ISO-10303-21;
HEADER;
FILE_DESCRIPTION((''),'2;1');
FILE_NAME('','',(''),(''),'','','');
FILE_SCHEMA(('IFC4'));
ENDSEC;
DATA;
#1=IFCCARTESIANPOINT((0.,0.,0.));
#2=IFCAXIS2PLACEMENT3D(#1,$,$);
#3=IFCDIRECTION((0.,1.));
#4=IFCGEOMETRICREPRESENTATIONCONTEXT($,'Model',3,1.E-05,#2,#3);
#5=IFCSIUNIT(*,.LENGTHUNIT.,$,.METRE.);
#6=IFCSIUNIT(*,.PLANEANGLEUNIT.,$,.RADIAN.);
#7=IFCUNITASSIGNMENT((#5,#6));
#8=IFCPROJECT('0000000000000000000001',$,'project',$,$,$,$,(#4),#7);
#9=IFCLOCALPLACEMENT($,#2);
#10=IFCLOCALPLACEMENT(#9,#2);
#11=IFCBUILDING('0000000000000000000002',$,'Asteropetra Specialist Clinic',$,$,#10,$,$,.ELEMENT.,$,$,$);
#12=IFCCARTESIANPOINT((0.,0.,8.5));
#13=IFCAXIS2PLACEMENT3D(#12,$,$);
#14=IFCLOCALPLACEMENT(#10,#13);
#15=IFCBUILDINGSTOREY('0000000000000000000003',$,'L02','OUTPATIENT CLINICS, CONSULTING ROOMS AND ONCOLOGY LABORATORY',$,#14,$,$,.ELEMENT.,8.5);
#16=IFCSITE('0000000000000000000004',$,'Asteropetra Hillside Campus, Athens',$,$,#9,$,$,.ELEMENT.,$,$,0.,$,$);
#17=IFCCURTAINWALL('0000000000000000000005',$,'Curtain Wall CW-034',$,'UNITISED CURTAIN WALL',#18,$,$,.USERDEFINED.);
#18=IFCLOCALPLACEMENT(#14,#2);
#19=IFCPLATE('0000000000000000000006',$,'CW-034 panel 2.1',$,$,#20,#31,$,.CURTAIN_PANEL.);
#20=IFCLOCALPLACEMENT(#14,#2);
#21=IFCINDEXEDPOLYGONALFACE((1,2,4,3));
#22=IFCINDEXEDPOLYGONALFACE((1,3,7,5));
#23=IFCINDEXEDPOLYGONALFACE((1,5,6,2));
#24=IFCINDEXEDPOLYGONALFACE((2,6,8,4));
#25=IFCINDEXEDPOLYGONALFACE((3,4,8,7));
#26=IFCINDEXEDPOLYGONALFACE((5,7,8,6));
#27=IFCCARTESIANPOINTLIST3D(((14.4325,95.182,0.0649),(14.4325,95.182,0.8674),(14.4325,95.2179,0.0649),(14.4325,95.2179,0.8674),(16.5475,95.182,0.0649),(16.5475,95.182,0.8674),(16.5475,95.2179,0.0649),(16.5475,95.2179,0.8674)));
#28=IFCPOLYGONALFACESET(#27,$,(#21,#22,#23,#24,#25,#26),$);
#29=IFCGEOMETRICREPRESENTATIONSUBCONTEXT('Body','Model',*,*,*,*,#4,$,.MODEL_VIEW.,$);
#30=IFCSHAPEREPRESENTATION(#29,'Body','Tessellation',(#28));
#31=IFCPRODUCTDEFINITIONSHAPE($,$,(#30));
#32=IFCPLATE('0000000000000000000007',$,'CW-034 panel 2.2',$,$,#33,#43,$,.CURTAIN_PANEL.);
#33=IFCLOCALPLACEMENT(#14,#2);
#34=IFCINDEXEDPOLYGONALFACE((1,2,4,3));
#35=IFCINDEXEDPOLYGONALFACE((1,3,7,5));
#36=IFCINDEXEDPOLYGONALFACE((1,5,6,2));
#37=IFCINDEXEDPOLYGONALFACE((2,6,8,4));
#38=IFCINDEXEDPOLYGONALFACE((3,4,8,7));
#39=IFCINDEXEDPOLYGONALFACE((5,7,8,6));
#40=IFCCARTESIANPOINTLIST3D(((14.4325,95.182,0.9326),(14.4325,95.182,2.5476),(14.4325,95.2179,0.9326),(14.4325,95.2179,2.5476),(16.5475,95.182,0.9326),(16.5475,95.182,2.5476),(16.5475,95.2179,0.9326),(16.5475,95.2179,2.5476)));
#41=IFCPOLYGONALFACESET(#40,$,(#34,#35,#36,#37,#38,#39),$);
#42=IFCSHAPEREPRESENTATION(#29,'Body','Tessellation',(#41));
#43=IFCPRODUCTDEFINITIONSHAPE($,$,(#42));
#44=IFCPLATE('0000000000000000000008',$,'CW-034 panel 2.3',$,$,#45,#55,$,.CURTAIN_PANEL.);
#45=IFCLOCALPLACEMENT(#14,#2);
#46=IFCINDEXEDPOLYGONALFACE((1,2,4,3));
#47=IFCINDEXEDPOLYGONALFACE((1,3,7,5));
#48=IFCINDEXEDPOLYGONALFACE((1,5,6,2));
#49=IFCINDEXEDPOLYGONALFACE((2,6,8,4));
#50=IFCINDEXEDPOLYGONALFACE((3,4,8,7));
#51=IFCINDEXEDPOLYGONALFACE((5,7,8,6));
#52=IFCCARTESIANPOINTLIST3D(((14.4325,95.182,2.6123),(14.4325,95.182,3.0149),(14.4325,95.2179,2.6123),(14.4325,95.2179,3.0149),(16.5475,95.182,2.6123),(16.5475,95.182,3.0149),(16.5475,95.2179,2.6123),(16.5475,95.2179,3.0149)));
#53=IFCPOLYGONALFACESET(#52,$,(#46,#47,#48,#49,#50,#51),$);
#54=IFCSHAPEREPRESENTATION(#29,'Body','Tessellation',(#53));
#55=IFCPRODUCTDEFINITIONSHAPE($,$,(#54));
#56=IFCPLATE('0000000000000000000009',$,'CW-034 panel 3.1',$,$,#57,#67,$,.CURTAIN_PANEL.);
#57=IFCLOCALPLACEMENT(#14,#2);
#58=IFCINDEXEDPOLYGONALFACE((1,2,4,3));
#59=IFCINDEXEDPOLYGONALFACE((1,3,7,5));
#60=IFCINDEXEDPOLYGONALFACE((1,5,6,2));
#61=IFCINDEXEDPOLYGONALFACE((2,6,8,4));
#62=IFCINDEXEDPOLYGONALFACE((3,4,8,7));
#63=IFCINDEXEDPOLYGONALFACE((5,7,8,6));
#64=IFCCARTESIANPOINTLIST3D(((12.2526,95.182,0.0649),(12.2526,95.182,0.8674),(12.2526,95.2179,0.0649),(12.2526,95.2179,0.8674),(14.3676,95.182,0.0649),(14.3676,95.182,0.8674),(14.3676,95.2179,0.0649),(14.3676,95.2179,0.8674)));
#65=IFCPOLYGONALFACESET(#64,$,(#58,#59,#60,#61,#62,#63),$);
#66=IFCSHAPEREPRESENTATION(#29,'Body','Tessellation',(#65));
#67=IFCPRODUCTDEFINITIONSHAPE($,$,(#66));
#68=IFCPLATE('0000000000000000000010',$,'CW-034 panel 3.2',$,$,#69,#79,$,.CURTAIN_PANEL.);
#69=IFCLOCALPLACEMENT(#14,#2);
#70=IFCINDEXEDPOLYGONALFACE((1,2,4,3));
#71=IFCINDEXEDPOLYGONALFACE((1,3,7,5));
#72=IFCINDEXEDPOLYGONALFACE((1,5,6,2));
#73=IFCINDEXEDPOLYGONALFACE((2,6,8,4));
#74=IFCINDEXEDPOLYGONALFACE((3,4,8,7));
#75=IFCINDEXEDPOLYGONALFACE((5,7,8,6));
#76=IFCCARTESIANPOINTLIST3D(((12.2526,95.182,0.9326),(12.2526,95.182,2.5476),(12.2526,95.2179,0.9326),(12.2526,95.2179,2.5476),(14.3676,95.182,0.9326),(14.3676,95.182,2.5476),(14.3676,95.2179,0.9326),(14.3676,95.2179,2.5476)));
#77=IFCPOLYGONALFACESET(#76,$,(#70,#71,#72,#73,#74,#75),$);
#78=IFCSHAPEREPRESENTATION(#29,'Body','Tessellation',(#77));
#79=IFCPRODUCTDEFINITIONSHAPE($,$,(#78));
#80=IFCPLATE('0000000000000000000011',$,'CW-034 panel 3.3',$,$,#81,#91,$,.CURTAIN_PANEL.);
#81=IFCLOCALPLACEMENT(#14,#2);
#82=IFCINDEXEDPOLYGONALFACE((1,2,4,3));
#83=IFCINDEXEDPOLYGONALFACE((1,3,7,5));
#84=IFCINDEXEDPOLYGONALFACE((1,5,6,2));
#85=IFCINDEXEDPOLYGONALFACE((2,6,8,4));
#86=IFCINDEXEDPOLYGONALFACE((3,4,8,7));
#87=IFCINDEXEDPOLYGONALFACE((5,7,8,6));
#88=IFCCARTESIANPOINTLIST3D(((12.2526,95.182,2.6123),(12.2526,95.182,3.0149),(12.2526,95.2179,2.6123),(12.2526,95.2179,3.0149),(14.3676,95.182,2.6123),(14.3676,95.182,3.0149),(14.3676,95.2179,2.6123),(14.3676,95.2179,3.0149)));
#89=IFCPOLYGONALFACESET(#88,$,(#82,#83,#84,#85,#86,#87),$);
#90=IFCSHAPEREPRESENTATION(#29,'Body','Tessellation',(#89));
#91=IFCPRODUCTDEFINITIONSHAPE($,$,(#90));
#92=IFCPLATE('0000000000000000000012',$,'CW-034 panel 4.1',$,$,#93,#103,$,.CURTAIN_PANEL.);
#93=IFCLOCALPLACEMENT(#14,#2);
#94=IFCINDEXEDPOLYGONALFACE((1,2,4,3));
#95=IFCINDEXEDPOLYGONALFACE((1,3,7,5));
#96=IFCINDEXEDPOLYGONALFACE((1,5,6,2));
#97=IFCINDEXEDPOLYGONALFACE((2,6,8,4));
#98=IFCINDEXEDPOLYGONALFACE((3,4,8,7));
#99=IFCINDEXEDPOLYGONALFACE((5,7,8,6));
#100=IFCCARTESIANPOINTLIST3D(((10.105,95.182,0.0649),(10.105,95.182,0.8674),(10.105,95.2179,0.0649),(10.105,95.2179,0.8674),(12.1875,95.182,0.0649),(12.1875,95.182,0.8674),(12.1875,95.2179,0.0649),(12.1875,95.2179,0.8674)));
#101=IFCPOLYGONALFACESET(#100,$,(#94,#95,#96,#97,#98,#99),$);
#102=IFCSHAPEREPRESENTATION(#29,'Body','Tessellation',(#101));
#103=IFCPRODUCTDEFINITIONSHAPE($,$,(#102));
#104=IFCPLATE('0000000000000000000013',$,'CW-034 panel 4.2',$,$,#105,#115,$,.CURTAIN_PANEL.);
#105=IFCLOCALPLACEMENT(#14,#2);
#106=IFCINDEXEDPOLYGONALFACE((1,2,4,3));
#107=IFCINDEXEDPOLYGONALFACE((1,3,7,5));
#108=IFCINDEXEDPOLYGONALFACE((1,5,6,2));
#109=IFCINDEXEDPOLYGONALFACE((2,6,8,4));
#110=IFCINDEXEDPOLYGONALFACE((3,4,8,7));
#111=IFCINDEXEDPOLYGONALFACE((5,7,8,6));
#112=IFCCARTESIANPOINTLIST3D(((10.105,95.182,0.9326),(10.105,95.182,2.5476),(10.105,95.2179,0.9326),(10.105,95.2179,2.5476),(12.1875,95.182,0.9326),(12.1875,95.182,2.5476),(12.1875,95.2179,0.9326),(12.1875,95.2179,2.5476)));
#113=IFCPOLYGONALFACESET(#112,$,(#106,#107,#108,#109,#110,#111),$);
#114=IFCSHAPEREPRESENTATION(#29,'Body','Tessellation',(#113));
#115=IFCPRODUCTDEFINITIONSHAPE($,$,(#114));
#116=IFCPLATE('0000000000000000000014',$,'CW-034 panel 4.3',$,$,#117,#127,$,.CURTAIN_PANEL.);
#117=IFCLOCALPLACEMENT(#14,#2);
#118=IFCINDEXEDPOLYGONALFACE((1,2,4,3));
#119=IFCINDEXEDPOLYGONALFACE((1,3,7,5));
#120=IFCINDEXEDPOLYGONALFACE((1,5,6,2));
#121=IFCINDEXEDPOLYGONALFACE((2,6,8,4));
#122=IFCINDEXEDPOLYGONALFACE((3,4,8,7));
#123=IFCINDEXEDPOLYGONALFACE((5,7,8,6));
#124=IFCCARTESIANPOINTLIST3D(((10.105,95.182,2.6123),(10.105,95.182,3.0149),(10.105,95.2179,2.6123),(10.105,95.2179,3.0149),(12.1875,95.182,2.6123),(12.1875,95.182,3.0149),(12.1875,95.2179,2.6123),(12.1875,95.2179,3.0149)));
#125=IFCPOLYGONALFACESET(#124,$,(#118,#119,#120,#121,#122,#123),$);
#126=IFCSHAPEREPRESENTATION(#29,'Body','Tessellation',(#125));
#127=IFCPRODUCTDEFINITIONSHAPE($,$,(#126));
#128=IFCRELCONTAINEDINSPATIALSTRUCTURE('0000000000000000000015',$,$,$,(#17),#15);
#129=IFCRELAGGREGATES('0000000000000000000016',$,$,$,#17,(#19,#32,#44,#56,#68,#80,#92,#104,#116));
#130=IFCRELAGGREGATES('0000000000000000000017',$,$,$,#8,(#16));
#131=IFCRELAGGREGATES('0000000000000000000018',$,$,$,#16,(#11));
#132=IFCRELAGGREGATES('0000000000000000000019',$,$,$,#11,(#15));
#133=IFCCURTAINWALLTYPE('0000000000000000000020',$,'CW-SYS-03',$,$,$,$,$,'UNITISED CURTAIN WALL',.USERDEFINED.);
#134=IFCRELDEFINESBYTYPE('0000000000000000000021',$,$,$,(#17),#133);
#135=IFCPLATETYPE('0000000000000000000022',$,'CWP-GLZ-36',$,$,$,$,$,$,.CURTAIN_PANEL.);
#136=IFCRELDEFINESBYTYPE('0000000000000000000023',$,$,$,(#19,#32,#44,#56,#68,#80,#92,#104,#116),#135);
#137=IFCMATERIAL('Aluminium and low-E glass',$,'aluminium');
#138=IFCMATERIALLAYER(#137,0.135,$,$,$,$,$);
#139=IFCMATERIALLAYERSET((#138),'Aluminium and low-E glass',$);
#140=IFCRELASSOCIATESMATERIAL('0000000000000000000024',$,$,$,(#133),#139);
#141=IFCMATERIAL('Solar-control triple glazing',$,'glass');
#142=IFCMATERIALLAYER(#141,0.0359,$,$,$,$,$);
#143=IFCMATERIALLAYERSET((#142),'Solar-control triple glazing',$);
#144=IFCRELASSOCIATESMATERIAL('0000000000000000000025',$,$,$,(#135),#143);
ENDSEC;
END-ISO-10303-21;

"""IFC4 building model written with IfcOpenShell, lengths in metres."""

from ifc_helpers import new_model, si_unit, direction, frame, origin, origin_2d, place, context, subcontext, project, spatial, rectangle, extrude, material, layer, layer_set, type_object, element, aggregate, save


model = new_model("IFC4")

# Units and contexts
model_context = context("Model", 3, precision=1e-05, world=origin(), true_north=direction((0.0, 1.0)))
body_context = subcontext(model_context, "Body", "Model", "MODEL_VIEW")
ifc_project = project(units=[si_unit("LENGTHUNIT", "METRE"), si_unit("PLANEANGLEUNIT", "RADIAN")], contexts=[model_context])

# Site, building, storey
site_placement = place(None, origin())
site = spatial("IfcSite", under=ifc_project, at=site_placement, Name="Asteropetra Hillside Campus, Athens", CompositionType="ELEMENT", RefElevation=0.0)
building_placement = place(site_placement, origin())
building = spatial("IfcBuilding", under=site, at=building_placement, Name="Asteropetra Specialist Clinic", CompositionType="ELEMENT")
storey_placement = place(building_placement, frame((0.0, 0.0, 8.5)))
storey = spatial("IfcBuildingStorey", under=building, at=storey_placement, Name="L02", Description="OUTPATIENT CLINICS, CONSULTING ROOMS AND ONCOLOGY LABORATORY", CompositionType="ELEMENT", Elevation=8.5)

# Curtain wall
ifc_material_1 = material(Name="Aluminium and low-E glass", Category="aluminium")
ifc_layer_1 = layer(ifc_material_1, 0.135)
ifc_layer_set_1 = layer_set([ifc_layer_1], Name="Aluminium and low-E glass")
curtain_wall_type = type_object("IfcCurtainWallType", Name="CW-SYS-03", ElementType="UNITISED CURTAIN WALL", PredefinedType="USERDEFINED", material=ifc_layer_set_1)
curtain_wall_placement = place(storey_placement, origin())
curtain_wall = element("IfcCurtainWall", 1, at=curtain_wall_placement, inside=storey, type_object=curtain_wall_type, Name="Curtain Wall CW-034", ObjectType="UNITISED CURTAIN WALL", PredefinedType="USERDEFINED")

# Plates
ifc_material_2 = material(Name="Solar-control triple glazing", Category="glass")
ifc_layer_2 = layer(ifc_material_2, 0.0359)
ifc_layer_set_2 = layer_set([ifc_layer_2], Name="Solar-control triple glazing")
plate_type = type_object("IfcPlateType", Name="CWP-GLZ-36", PredefinedType="CURTAIN_PANEL", material=ifc_layer_set_2)
plate_1_placement = place(storey_placement, frame((15.49, 95.2, 0.0649), z_axis=(0.0, 0.0, 1.0), x_axis=(-1.0, 0.0, 0.0)))
plate_1 = element("IfcPlate", 2, at=plate_1_placement, type_object=plate_type, Name="CW-034 panel 2.1", PredefinedType="CURTAIN_PANEL", context=body_context, shape_type="SweptSolid", body=[
    extrude(rectangle(XDim=2.115, YDim=0.0359, at=origin_2d()), origin(), (0.0, 0.0, 1.0), 0.8025),
])
plate_2_placement = place(storey_placement, frame((15.49, 95.2, 0.9326), z_axis=(0.0, 0.0, 1.0), x_axis=(-1.0, 0.0, 0.0)))
plate_2 = element("IfcPlate", 3, at=plate_2_placement, type_object=plate_type, Name="CW-034 panel 2.2", PredefinedType="CURTAIN_PANEL", context=body_context, shape_type="SweptSolid", body=[
    extrude(rectangle(XDim=2.115, YDim=0.0359, at=origin_2d()), origin(), (0.0, 0.0, 1.0), 1.615),
])
plate_3_placement = place(storey_placement, frame((15.49, 95.2, 2.6123), z_axis=(0.0, 0.0, 1.0), x_axis=(-1.0, 0.0, 0.0)))
plate_3 = element("IfcPlate", 4, at=plate_3_placement, type_object=plate_type, Name="CW-034 panel 2.3", PredefinedType="CURTAIN_PANEL", context=body_context, shape_type="SweptSolid", body=[
    extrude(rectangle(XDim=2.115, YDim=0.0359, at=origin_2d()), origin(), (0.0, 0.0, 1.0), 0.4026),
])
plate_4_placement = place(storey_placement, frame((13.3101, 95.2, 0.0649), z_axis=(0.0, 0.0, 1.0), x_axis=(-1.0, 0.0, 0.0)))
plate_4 = element("IfcPlate", 5, at=plate_4_placement, type_object=plate_type, Name="CW-034 panel 3.1", PredefinedType="CURTAIN_PANEL", context=body_context, shape_type="SweptSolid", body=[
    extrude(rectangle(XDim=2.115, YDim=0.0359, at=origin_2d()), origin(), (0.0, 0.0, 1.0), 0.8025),
])
plate_5_placement = place(storey_placement, frame((13.3101, 95.2, 0.9326), z_axis=(0.0, 0.0, 1.0), x_axis=(-1.0, 0.0, 0.0)))
plate_5 = element("IfcPlate", 6, at=plate_5_placement, type_object=plate_type, Name="CW-034 panel 3.2", PredefinedType="CURTAIN_PANEL", context=body_context, shape_type="SweptSolid", body=[
    extrude(rectangle(XDim=2.115, YDim=0.0359, at=origin_2d()), origin(), (0.0, 0.0, 1.0), 1.615),
])
plate_6_placement = place(storey_placement, frame((13.3101, 95.2, 2.6123), z_axis=(0.0, 0.0, 1.0), x_axis=(-1.0, 0.0, 0.0)))
plate_6 = element("IfcPlate", 7, at=plate_6_placement, type_object=plate_type, Name="CW-034 panel 3.3", PredefinedType="CURTAIN_PANEL", context=body_context, shape_type="SweptSolid", body=[
    extrude(rectangle(XDim=2.115, YDim=0.0359, at=origin_2d()), origin(), (0.0, 0.0, 1.0), 0.4026),
])
plate_7_placement = place(storey_placement, frame((11.1462, 95.2, 0.0649), z_axis=(0.0, 0.0, 1.0), x_axis=(-1.0, 0.0, 0.0)))
plate_7 = element("IfcPlate", 8, at=plate_7_placement, type_object=plate_type, Name="CW-034 panel 4.1", PredefinedType="CURTAIN_PANEL", context=body_context, shape_type="SweptSolid", body=[
    extrude(rectangle(XDim=2.0825, YDim=0.0359, at=origin_2d()), origin(), (0.0, 0.0, 1.0), 0.8025),
])
plate_8_placement = place(storey_placement, frame((11.1462, 95.2, 0.9326), z_axis=(0.0, 0.0, 1.0), x_axis=(-1.0, 0.0, 0.0)))
plate_8 = element("IfcPlate", 9, at=plate_8_placement, type_object=plate_type, Name="CW-034 panel 4.2", PredefinedType="CURTAIN_PANEL", context=body_context, shape_type="SweptSolid", body=[
    extrude(rectangle(XDim=2.0825, YDim=0.0359, at=origin_2d()), origin(), (0.0, 0.0, 1.0), 1.615),
])
plate_9_placement = place(storey_placement, frame((11.1462, 95.2, 2.6123), z_axis=(0.0, 0.0, 1.0), x_axis=(-1.0, 0.0, 0.0)))
plate_9 = element("IfcPlate", 10, at=plate_9_placement, type_object=plate_type, Name="CW-034 panel 4.3", PredefinedType="CURTAIN_PANEL", context=body_context, shape_type="SweptSolid", body=[
    extrude(rectangle(XDim=2.0825, YDim=0.0359, at=origin_2d()), origin(), (0.0, 0.0, 1.0), 0.4026),
])
aggregate(curtain_wall, [plate_1, plate_2, plate_3, plate_4, plate_5, plate_6, plate_7, plate_8, plate_9])

save(model, "model.ifc")
